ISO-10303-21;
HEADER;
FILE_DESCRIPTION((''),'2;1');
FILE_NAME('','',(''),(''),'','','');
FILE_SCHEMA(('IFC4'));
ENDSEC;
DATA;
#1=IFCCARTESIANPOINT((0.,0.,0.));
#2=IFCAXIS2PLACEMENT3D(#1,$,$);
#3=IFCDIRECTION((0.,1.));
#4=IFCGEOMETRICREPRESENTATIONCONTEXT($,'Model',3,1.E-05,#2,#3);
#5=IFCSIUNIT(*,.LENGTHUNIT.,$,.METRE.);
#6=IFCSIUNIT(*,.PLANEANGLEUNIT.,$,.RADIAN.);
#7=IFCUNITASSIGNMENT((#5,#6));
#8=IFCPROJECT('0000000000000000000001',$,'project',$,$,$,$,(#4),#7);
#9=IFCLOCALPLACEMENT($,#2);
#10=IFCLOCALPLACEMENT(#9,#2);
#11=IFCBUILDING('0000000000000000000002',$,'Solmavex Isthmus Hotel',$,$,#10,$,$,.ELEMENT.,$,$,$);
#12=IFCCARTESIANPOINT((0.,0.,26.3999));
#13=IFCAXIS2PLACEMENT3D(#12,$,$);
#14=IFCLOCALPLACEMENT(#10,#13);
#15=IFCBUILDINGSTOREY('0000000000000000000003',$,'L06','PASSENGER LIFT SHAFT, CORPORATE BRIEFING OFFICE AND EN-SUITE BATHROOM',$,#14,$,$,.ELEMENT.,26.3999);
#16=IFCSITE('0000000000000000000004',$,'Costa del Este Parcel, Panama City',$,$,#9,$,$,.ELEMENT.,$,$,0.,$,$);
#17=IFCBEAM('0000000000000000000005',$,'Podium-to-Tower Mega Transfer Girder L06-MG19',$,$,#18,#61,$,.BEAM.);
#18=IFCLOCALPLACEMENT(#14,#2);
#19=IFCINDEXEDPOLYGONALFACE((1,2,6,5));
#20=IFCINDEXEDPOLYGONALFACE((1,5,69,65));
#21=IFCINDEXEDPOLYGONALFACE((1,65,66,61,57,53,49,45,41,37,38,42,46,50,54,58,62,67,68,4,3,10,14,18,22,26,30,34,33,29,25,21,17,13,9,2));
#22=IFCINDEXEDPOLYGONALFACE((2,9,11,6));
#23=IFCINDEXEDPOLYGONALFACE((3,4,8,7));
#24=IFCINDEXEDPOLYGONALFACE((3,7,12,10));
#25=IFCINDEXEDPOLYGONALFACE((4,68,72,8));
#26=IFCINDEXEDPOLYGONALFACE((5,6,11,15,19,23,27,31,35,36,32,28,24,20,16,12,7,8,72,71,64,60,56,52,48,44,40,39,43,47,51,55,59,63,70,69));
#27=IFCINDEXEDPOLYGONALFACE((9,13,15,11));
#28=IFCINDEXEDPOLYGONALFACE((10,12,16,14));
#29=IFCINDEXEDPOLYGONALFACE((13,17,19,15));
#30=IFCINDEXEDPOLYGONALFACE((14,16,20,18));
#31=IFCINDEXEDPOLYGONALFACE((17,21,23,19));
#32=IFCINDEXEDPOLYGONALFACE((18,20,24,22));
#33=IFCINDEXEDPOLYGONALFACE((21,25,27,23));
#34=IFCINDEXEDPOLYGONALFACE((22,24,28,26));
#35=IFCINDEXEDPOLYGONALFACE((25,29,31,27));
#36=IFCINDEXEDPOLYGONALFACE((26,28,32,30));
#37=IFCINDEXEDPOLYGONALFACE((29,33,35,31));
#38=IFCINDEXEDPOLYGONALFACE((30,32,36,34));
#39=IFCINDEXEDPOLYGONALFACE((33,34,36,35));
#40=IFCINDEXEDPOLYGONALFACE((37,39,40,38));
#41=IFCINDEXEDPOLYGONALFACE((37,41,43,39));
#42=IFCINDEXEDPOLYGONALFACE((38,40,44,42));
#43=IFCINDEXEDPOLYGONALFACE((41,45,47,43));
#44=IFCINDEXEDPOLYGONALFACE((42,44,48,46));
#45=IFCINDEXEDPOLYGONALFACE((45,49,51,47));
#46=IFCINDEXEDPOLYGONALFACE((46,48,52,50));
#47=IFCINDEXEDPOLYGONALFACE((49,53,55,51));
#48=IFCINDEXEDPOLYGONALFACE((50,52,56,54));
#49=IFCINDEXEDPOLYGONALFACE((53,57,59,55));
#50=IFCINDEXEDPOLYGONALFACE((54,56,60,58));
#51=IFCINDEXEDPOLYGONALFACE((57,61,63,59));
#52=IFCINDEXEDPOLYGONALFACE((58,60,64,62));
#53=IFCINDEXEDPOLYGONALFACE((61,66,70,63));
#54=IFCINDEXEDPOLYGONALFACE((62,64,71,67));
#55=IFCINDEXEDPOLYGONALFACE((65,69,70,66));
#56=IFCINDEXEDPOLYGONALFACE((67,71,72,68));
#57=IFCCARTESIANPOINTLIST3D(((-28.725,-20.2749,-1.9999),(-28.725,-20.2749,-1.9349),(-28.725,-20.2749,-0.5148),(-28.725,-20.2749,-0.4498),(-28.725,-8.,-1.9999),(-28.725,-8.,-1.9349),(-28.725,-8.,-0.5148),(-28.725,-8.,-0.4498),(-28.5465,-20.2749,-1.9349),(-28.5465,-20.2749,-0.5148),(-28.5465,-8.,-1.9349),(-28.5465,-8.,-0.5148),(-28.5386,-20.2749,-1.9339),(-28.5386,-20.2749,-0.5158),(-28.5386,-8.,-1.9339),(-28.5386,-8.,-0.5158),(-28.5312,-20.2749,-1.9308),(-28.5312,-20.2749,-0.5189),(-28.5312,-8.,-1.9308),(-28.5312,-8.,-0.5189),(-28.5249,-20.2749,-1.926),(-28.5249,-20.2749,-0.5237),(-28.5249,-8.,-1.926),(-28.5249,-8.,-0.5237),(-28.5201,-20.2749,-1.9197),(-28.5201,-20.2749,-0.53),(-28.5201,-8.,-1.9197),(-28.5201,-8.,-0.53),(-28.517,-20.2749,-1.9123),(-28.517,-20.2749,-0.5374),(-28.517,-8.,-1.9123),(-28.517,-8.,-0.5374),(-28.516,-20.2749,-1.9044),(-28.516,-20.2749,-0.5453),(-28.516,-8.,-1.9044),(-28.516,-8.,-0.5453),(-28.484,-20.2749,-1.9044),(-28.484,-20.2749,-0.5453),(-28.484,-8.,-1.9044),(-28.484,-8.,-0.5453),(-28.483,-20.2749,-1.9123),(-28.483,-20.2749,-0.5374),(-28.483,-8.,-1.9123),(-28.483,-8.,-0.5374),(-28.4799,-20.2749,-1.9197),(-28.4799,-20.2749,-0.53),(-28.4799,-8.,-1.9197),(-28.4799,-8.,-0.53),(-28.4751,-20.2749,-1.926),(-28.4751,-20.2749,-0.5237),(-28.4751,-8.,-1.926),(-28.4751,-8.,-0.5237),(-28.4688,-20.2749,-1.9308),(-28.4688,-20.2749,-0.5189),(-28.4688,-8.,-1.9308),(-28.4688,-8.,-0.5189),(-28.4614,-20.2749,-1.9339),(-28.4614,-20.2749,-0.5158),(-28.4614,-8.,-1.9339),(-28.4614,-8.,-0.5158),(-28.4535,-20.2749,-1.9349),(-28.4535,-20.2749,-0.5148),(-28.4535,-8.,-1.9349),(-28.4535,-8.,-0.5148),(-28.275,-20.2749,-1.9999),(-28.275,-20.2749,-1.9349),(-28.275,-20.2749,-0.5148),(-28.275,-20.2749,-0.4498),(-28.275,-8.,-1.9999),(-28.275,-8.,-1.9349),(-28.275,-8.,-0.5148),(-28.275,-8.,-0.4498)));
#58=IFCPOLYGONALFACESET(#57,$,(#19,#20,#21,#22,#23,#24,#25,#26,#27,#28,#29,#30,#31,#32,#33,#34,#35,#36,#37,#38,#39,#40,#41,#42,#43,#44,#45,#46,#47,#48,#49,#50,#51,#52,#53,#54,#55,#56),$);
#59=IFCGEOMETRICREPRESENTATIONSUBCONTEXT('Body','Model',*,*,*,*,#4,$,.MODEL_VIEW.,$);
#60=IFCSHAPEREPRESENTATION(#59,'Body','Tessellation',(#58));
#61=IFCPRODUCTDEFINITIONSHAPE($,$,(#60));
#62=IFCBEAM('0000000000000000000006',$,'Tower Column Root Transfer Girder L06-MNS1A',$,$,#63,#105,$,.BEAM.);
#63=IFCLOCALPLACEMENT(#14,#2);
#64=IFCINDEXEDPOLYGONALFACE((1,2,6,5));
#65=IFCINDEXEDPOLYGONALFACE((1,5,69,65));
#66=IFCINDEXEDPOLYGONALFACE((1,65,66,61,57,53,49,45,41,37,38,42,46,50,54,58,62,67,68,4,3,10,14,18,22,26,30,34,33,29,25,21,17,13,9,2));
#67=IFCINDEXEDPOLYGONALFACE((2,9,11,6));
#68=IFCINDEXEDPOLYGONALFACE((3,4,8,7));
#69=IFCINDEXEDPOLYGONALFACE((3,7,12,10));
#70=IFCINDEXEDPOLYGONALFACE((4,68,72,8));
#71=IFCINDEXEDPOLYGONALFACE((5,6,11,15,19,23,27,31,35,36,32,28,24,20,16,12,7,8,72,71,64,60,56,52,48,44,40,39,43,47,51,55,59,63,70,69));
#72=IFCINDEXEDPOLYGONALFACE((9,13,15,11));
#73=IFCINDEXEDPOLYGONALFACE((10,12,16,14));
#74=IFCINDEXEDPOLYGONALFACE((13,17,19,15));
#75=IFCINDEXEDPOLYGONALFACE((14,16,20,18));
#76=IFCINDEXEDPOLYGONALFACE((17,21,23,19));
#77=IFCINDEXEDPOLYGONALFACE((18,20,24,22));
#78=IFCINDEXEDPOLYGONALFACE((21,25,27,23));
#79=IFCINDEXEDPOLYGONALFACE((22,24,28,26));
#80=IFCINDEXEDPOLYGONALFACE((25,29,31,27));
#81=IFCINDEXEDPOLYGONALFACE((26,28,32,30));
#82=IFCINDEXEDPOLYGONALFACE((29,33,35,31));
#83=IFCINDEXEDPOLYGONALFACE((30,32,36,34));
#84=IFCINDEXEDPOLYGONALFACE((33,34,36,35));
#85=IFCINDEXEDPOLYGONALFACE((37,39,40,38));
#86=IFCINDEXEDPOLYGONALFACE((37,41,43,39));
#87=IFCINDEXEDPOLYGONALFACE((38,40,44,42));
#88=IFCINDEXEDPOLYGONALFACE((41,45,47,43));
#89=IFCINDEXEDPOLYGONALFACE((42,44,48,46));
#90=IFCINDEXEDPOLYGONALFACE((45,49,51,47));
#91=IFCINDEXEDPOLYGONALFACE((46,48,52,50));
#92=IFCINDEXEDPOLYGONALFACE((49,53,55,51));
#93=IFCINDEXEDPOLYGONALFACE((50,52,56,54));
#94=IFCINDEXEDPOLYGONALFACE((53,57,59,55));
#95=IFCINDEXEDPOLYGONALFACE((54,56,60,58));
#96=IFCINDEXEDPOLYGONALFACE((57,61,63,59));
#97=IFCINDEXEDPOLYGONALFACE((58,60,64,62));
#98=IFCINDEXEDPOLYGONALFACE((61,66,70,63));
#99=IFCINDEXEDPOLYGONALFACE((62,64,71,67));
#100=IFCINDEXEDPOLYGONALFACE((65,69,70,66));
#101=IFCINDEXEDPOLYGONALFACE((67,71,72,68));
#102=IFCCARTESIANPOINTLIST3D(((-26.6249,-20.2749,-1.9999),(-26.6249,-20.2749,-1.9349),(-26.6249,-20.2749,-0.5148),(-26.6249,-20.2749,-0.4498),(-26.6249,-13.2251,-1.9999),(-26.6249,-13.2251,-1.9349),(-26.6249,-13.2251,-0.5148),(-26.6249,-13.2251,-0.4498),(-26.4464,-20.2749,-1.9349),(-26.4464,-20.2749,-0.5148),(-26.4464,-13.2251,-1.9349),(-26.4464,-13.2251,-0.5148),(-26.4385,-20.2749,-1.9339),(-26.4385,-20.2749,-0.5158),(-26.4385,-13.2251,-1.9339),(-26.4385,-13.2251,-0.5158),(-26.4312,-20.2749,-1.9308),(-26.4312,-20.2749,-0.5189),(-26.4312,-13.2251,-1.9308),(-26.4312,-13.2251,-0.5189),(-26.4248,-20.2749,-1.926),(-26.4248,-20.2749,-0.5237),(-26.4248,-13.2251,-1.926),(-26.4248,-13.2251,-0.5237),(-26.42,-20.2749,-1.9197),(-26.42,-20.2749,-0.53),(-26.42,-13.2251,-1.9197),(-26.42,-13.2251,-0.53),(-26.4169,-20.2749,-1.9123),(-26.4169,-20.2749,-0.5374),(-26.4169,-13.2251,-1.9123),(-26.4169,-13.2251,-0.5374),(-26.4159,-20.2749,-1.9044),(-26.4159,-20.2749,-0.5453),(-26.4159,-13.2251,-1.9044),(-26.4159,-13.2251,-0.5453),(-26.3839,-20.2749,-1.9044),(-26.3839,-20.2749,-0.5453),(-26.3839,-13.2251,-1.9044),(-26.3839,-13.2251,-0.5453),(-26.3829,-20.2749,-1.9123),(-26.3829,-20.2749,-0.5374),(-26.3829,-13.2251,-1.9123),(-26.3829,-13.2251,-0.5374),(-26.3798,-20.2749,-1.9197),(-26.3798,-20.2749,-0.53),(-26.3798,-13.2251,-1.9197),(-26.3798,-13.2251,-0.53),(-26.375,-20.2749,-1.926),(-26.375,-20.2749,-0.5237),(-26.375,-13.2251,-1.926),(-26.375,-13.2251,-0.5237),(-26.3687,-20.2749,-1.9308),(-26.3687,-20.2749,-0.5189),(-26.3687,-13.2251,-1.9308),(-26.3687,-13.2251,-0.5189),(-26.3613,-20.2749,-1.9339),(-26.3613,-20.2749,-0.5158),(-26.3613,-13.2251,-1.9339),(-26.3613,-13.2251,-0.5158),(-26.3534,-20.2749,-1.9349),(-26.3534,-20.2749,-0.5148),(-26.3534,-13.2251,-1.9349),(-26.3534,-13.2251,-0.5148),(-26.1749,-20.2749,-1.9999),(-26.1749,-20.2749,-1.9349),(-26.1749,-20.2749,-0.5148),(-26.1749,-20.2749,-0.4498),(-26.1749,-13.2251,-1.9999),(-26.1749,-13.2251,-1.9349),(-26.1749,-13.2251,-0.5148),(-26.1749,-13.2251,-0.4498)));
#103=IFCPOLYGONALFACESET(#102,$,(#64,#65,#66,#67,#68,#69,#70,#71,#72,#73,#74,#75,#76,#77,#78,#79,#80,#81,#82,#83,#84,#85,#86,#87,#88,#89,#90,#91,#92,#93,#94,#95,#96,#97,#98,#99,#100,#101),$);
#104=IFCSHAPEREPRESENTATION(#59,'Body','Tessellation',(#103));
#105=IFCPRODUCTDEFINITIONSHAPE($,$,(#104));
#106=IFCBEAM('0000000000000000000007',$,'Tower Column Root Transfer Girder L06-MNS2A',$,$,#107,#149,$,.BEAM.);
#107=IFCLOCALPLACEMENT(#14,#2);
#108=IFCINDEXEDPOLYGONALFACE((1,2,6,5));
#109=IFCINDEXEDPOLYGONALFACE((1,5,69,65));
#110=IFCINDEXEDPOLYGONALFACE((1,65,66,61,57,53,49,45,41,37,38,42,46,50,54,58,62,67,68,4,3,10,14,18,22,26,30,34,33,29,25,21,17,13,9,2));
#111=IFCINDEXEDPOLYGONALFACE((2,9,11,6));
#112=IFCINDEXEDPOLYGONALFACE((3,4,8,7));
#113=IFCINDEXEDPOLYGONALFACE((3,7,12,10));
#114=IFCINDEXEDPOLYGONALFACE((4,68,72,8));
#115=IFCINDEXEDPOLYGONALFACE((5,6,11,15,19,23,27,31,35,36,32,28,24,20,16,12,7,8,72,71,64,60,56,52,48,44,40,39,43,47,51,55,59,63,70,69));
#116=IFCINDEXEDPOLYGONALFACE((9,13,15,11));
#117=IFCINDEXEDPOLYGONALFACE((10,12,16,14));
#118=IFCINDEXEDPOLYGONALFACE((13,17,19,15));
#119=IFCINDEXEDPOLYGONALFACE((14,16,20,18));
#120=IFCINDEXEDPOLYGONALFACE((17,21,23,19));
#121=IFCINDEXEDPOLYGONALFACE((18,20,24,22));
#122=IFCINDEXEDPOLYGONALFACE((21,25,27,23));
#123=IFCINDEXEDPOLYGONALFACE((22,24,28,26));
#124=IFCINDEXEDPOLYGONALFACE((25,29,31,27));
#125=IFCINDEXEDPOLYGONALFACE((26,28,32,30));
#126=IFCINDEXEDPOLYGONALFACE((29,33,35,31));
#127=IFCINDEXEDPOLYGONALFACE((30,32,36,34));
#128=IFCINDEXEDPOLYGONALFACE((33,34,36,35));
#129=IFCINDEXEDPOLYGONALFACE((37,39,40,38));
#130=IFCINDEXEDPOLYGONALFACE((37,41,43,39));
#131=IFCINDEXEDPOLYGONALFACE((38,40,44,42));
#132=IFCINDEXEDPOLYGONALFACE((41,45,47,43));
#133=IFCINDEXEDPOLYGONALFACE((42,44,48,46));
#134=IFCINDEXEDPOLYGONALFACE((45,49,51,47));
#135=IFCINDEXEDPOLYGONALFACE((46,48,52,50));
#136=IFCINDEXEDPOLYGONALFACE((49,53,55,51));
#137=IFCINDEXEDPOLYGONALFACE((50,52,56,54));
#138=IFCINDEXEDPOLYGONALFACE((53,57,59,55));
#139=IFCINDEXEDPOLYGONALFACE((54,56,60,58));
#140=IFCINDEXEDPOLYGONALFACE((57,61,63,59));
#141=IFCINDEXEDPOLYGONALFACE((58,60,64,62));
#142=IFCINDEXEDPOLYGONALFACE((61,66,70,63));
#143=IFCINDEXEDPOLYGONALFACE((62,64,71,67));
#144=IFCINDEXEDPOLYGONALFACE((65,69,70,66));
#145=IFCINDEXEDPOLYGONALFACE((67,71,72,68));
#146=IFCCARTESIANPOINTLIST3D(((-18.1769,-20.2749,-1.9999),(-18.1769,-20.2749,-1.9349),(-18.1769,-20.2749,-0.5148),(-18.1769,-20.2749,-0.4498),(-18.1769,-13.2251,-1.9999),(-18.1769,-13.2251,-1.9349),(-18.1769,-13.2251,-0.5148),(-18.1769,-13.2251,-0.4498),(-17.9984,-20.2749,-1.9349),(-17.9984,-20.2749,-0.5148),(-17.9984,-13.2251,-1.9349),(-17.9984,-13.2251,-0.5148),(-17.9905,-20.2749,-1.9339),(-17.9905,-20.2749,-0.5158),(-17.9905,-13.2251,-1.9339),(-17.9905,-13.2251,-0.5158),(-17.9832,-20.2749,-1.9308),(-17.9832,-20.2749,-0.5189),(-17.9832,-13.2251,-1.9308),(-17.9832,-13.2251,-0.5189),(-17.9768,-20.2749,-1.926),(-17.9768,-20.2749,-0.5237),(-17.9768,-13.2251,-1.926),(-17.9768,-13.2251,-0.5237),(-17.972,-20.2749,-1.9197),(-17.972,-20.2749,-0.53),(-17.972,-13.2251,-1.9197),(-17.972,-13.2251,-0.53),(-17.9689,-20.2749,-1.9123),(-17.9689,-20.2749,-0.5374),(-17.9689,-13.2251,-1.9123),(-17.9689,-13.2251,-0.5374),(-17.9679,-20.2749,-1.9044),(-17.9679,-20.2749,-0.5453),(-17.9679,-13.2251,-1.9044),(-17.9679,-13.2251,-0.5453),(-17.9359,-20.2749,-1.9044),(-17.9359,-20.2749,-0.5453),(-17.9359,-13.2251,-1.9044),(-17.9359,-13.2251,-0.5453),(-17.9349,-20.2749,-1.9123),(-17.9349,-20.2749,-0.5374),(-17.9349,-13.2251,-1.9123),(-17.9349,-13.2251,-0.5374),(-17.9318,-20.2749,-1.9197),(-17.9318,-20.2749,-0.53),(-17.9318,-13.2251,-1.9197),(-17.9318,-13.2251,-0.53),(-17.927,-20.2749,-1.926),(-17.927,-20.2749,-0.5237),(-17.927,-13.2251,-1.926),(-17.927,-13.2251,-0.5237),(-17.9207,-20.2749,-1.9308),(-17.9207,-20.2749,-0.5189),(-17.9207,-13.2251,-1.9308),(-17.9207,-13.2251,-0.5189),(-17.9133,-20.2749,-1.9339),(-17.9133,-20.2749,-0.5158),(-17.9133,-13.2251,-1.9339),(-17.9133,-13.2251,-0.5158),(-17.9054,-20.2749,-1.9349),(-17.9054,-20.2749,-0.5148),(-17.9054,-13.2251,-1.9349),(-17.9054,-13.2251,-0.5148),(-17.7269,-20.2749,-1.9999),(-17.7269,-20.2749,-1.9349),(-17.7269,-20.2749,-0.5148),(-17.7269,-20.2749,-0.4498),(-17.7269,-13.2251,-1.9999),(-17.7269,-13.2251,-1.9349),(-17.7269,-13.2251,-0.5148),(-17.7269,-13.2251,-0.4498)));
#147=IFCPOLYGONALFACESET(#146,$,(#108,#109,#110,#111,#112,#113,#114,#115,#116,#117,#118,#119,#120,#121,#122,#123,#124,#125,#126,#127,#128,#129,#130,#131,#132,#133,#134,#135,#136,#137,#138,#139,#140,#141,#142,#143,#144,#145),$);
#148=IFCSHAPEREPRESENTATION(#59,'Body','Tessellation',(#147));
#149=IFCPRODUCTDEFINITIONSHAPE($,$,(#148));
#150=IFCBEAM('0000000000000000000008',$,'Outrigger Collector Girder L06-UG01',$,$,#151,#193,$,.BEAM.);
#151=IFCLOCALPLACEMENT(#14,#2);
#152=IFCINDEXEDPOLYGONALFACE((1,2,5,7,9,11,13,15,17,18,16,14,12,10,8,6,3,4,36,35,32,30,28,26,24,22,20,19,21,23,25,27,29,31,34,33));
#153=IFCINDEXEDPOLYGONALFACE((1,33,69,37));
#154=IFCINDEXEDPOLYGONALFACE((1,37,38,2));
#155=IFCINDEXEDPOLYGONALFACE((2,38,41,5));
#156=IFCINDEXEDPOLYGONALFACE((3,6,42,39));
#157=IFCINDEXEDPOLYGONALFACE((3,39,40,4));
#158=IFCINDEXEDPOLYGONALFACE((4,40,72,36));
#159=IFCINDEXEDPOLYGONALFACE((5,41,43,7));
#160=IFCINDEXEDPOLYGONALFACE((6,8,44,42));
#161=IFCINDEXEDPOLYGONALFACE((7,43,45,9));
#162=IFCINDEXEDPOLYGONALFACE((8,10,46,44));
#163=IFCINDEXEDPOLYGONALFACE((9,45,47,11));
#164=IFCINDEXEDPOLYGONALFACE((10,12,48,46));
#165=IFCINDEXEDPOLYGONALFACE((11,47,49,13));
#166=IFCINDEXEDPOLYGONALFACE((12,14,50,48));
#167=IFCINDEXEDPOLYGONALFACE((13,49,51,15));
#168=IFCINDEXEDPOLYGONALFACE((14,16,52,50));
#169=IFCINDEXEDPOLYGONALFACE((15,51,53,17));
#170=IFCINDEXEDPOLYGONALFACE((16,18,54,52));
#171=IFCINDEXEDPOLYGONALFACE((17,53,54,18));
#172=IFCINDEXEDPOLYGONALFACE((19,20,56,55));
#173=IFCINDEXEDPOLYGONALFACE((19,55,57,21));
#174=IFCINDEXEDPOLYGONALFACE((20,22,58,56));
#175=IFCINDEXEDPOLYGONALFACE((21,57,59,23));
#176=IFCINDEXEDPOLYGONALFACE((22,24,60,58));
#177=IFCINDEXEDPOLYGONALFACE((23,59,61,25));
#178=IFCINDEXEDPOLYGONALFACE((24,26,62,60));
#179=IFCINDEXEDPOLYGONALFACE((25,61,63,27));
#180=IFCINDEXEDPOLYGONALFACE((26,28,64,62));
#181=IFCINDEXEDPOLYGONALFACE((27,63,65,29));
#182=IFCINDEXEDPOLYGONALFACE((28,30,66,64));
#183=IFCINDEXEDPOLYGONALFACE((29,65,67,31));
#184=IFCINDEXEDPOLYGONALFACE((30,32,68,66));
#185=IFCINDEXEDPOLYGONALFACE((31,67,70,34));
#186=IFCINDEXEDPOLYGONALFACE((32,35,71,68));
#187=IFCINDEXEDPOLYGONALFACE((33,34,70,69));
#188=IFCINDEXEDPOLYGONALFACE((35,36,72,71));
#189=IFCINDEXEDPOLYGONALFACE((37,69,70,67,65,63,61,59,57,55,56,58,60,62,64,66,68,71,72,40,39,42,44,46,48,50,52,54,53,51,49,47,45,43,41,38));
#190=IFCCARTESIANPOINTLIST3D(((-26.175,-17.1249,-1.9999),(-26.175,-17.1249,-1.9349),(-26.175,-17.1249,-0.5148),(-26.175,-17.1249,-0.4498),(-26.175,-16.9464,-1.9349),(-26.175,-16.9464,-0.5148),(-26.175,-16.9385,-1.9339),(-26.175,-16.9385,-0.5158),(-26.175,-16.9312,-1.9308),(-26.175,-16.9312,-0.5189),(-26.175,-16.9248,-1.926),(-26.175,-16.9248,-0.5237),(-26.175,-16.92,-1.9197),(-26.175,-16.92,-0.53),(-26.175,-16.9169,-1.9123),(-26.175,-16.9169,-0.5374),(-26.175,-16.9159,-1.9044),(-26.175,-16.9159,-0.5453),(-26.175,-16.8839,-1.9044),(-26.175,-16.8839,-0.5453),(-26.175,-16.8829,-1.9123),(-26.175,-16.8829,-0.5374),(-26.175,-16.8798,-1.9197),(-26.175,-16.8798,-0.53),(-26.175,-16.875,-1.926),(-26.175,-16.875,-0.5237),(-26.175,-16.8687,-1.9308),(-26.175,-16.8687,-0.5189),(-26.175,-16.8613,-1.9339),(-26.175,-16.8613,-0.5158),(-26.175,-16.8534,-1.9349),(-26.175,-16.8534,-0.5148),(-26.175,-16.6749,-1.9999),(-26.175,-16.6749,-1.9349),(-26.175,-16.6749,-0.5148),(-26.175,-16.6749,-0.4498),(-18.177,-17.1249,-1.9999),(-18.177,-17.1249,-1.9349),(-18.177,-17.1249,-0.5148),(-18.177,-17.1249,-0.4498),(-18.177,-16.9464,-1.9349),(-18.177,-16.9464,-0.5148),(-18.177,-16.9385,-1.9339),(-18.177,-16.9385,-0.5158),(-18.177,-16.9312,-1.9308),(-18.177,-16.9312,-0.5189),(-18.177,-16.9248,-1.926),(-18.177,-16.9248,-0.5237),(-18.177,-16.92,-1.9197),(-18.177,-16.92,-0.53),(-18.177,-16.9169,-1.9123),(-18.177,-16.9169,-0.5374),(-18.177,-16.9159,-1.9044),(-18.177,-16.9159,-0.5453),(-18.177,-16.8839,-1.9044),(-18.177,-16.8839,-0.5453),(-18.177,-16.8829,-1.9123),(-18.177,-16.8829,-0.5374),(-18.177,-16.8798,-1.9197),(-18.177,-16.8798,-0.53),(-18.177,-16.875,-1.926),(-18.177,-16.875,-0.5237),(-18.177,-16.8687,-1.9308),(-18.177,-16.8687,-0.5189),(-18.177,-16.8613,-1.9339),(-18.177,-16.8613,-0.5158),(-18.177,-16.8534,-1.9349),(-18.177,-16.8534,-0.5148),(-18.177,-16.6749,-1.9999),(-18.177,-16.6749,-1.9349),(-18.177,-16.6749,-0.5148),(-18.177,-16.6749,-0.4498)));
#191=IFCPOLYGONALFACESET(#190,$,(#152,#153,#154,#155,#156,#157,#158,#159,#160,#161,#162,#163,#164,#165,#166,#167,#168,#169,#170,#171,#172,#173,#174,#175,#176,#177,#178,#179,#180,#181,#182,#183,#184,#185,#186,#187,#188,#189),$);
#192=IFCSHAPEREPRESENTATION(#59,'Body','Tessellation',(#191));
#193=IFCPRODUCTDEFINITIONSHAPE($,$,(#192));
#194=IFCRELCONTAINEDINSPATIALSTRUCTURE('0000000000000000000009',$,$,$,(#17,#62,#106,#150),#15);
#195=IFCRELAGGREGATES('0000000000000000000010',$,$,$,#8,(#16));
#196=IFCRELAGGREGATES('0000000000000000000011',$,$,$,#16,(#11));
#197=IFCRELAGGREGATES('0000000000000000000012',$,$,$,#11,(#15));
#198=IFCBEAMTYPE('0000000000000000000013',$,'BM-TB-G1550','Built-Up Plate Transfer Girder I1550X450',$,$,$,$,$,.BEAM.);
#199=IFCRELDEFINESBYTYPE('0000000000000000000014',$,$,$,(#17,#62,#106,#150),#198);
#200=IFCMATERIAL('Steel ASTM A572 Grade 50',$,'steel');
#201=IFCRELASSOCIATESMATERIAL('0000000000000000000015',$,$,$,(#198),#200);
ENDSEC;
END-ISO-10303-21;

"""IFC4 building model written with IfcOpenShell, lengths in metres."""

from ifc_helpers import new_model, si_unit, direction, frame, origin, origin_2d, place, context, subcontext, project, spatial, i_section, extrude, material, material_profile, profile_set, type_object, element, save


model = new_model("IFC4")

# Units and contexts
model_context = context("Model", 3, precision=1e-05, world=origin(), true_north=direction((0.0, 1.0)))
body_context = subcontext(model_context, "Body", "Model", "MODEL_VIEW")
ifc_project = project(units=[si_unit("LENGTHUNIT", "METRE"), si_unit("PLANEANGLEUNIT", "RADIAN")], contexts=[model_context])

# Site, building, storey
site_placement = place(None, origin())
site = spatial("IfcSite", under=ifc_project, at=site_placement, Name="Costa del Este Parcel, Panama City", CompositionType="ELEMENT", RefElevation=0.0)
building_placement = place(site_placement, origin())
building = spatial("IfcBuilding", under=site, at=building_placement, Name="Solmavex Isthmus Hotel", CompositionType="ELEMENT")
storey_placement = place(building_placement, frame((0.0, 0.0, 26.3999)))
storey = spatial("IfcBuildingStorey", under=building, at=storey_placement, Name="L06", Description="PASSENGER LIFT SHAFT, CORPORATE BRIEFING OFFICE AND EN-SUITE BATHROOM", CompositionType="ELEMENT", Elevation=26.3999)

# Beams
ifc_material_1 = material(Name="Steel ASTM A572 Grade 50", Category="steel")
ifc_material_profile_1 = material_profile(ifc_material_1, i_section(OverallWidth=0.45, OverallDepth=1.55, WebThickness=0.032, FlangeThickness=0.0649, FilletRadius=0.0305, at=origin_2d()), Name="I1550X450")
ifc_profile_set_1 = profile_set([ifc_material_profile_1], Name="Steel ASTM A572 Grade 50")
beam_type_1 = type_object("IfcBeamType", Name="BM-TB-G1550", Description="Built-Up Plate Transfer Girder I1550X450", PredefinedType="BEAM", material=ifc_profile_set_1)
beam_1_placement = place(storey_placement, frame((-28.5, -20.2749, -1.2249), z_axis=(0.0, 1.0, 0.0), x_axis=(-1.0, 0.0, 0.0)))
element("IfcBeam", 1, at=beam_1_placement, inside=storey, type_object=beam_type_1, Name="Podium-to-Tower Mega Transfer Girder L06-MG19", PredefinedType="BEAM", context=body_context, shape_type="SweptSolid", body=[
    extrude(i_section(OverallWidth=0.45, OverallDepth=1.55, WebThickness=0.032, FlangeThickness=0.0649, FilletRadius=0.0305, at=origin_2d()), origin(), (0.0, 0.0, 1.0), 12.2749),
])
for number, where, z_axis, x_axis, name in (
    (2, (-26.3999, -20.2749, -1.2249), (0.0, 1.0, 0.0), (-1.0, 0.0, 0.0), "Tower Column Root Transfer Girder L06-MNS1A"),
    (3, (-17.9519, -20.2749, -1.2249), (0.0, 1.0, 0.0), (-1.0, 0.0, 0.0), "Tower Column Root Transfer Girder L06-MNS2A"),
):
    element("IfcBeam", number, at=place(storey_placement, frame(where, z_axis=z_axis, x_axis=x_axis)), inside=storey, type_object=beam_type_1, Name=name, PredefinedType="BEAM", context=body_context, shape_type="SweptSolid", body=[
        extrude(i_section(OverallWidth=0.45, OverallDepth=1.55, WebThickness=0.032, FlangeThickness=0.0649, FilletRadius=0.0305, at=origin_2d()), origin(), (0.0, 0.0, 1.0), 7.0498),
    ])
beam_2_placement = place(storey_placement, frame((-26.175, -16.8999, -1.2249), z_axis=(1.0, 0.0, 0.0), x_axis=(0.0, 1.0, 0.0)))
element("IfcBeam", 4, at=beam_2_placement, inside=storey, type_object=beam_type_1, Name="Outrigger Collector Girder L06-UG01", PredefinedType="BEAM", context=body_context, shape_type="SweptSolid", body=[
    extrude(i_section(OverallWidth=0.45, OverallDepth=1.55, WebThickness=0.032, FlangeThickness=0.0649, FilletRadius=0.0305, at=origin_2d()), origin(), (0.0, 0.0, 1.0), 7.998),
])

save(model, "model.ifc")
